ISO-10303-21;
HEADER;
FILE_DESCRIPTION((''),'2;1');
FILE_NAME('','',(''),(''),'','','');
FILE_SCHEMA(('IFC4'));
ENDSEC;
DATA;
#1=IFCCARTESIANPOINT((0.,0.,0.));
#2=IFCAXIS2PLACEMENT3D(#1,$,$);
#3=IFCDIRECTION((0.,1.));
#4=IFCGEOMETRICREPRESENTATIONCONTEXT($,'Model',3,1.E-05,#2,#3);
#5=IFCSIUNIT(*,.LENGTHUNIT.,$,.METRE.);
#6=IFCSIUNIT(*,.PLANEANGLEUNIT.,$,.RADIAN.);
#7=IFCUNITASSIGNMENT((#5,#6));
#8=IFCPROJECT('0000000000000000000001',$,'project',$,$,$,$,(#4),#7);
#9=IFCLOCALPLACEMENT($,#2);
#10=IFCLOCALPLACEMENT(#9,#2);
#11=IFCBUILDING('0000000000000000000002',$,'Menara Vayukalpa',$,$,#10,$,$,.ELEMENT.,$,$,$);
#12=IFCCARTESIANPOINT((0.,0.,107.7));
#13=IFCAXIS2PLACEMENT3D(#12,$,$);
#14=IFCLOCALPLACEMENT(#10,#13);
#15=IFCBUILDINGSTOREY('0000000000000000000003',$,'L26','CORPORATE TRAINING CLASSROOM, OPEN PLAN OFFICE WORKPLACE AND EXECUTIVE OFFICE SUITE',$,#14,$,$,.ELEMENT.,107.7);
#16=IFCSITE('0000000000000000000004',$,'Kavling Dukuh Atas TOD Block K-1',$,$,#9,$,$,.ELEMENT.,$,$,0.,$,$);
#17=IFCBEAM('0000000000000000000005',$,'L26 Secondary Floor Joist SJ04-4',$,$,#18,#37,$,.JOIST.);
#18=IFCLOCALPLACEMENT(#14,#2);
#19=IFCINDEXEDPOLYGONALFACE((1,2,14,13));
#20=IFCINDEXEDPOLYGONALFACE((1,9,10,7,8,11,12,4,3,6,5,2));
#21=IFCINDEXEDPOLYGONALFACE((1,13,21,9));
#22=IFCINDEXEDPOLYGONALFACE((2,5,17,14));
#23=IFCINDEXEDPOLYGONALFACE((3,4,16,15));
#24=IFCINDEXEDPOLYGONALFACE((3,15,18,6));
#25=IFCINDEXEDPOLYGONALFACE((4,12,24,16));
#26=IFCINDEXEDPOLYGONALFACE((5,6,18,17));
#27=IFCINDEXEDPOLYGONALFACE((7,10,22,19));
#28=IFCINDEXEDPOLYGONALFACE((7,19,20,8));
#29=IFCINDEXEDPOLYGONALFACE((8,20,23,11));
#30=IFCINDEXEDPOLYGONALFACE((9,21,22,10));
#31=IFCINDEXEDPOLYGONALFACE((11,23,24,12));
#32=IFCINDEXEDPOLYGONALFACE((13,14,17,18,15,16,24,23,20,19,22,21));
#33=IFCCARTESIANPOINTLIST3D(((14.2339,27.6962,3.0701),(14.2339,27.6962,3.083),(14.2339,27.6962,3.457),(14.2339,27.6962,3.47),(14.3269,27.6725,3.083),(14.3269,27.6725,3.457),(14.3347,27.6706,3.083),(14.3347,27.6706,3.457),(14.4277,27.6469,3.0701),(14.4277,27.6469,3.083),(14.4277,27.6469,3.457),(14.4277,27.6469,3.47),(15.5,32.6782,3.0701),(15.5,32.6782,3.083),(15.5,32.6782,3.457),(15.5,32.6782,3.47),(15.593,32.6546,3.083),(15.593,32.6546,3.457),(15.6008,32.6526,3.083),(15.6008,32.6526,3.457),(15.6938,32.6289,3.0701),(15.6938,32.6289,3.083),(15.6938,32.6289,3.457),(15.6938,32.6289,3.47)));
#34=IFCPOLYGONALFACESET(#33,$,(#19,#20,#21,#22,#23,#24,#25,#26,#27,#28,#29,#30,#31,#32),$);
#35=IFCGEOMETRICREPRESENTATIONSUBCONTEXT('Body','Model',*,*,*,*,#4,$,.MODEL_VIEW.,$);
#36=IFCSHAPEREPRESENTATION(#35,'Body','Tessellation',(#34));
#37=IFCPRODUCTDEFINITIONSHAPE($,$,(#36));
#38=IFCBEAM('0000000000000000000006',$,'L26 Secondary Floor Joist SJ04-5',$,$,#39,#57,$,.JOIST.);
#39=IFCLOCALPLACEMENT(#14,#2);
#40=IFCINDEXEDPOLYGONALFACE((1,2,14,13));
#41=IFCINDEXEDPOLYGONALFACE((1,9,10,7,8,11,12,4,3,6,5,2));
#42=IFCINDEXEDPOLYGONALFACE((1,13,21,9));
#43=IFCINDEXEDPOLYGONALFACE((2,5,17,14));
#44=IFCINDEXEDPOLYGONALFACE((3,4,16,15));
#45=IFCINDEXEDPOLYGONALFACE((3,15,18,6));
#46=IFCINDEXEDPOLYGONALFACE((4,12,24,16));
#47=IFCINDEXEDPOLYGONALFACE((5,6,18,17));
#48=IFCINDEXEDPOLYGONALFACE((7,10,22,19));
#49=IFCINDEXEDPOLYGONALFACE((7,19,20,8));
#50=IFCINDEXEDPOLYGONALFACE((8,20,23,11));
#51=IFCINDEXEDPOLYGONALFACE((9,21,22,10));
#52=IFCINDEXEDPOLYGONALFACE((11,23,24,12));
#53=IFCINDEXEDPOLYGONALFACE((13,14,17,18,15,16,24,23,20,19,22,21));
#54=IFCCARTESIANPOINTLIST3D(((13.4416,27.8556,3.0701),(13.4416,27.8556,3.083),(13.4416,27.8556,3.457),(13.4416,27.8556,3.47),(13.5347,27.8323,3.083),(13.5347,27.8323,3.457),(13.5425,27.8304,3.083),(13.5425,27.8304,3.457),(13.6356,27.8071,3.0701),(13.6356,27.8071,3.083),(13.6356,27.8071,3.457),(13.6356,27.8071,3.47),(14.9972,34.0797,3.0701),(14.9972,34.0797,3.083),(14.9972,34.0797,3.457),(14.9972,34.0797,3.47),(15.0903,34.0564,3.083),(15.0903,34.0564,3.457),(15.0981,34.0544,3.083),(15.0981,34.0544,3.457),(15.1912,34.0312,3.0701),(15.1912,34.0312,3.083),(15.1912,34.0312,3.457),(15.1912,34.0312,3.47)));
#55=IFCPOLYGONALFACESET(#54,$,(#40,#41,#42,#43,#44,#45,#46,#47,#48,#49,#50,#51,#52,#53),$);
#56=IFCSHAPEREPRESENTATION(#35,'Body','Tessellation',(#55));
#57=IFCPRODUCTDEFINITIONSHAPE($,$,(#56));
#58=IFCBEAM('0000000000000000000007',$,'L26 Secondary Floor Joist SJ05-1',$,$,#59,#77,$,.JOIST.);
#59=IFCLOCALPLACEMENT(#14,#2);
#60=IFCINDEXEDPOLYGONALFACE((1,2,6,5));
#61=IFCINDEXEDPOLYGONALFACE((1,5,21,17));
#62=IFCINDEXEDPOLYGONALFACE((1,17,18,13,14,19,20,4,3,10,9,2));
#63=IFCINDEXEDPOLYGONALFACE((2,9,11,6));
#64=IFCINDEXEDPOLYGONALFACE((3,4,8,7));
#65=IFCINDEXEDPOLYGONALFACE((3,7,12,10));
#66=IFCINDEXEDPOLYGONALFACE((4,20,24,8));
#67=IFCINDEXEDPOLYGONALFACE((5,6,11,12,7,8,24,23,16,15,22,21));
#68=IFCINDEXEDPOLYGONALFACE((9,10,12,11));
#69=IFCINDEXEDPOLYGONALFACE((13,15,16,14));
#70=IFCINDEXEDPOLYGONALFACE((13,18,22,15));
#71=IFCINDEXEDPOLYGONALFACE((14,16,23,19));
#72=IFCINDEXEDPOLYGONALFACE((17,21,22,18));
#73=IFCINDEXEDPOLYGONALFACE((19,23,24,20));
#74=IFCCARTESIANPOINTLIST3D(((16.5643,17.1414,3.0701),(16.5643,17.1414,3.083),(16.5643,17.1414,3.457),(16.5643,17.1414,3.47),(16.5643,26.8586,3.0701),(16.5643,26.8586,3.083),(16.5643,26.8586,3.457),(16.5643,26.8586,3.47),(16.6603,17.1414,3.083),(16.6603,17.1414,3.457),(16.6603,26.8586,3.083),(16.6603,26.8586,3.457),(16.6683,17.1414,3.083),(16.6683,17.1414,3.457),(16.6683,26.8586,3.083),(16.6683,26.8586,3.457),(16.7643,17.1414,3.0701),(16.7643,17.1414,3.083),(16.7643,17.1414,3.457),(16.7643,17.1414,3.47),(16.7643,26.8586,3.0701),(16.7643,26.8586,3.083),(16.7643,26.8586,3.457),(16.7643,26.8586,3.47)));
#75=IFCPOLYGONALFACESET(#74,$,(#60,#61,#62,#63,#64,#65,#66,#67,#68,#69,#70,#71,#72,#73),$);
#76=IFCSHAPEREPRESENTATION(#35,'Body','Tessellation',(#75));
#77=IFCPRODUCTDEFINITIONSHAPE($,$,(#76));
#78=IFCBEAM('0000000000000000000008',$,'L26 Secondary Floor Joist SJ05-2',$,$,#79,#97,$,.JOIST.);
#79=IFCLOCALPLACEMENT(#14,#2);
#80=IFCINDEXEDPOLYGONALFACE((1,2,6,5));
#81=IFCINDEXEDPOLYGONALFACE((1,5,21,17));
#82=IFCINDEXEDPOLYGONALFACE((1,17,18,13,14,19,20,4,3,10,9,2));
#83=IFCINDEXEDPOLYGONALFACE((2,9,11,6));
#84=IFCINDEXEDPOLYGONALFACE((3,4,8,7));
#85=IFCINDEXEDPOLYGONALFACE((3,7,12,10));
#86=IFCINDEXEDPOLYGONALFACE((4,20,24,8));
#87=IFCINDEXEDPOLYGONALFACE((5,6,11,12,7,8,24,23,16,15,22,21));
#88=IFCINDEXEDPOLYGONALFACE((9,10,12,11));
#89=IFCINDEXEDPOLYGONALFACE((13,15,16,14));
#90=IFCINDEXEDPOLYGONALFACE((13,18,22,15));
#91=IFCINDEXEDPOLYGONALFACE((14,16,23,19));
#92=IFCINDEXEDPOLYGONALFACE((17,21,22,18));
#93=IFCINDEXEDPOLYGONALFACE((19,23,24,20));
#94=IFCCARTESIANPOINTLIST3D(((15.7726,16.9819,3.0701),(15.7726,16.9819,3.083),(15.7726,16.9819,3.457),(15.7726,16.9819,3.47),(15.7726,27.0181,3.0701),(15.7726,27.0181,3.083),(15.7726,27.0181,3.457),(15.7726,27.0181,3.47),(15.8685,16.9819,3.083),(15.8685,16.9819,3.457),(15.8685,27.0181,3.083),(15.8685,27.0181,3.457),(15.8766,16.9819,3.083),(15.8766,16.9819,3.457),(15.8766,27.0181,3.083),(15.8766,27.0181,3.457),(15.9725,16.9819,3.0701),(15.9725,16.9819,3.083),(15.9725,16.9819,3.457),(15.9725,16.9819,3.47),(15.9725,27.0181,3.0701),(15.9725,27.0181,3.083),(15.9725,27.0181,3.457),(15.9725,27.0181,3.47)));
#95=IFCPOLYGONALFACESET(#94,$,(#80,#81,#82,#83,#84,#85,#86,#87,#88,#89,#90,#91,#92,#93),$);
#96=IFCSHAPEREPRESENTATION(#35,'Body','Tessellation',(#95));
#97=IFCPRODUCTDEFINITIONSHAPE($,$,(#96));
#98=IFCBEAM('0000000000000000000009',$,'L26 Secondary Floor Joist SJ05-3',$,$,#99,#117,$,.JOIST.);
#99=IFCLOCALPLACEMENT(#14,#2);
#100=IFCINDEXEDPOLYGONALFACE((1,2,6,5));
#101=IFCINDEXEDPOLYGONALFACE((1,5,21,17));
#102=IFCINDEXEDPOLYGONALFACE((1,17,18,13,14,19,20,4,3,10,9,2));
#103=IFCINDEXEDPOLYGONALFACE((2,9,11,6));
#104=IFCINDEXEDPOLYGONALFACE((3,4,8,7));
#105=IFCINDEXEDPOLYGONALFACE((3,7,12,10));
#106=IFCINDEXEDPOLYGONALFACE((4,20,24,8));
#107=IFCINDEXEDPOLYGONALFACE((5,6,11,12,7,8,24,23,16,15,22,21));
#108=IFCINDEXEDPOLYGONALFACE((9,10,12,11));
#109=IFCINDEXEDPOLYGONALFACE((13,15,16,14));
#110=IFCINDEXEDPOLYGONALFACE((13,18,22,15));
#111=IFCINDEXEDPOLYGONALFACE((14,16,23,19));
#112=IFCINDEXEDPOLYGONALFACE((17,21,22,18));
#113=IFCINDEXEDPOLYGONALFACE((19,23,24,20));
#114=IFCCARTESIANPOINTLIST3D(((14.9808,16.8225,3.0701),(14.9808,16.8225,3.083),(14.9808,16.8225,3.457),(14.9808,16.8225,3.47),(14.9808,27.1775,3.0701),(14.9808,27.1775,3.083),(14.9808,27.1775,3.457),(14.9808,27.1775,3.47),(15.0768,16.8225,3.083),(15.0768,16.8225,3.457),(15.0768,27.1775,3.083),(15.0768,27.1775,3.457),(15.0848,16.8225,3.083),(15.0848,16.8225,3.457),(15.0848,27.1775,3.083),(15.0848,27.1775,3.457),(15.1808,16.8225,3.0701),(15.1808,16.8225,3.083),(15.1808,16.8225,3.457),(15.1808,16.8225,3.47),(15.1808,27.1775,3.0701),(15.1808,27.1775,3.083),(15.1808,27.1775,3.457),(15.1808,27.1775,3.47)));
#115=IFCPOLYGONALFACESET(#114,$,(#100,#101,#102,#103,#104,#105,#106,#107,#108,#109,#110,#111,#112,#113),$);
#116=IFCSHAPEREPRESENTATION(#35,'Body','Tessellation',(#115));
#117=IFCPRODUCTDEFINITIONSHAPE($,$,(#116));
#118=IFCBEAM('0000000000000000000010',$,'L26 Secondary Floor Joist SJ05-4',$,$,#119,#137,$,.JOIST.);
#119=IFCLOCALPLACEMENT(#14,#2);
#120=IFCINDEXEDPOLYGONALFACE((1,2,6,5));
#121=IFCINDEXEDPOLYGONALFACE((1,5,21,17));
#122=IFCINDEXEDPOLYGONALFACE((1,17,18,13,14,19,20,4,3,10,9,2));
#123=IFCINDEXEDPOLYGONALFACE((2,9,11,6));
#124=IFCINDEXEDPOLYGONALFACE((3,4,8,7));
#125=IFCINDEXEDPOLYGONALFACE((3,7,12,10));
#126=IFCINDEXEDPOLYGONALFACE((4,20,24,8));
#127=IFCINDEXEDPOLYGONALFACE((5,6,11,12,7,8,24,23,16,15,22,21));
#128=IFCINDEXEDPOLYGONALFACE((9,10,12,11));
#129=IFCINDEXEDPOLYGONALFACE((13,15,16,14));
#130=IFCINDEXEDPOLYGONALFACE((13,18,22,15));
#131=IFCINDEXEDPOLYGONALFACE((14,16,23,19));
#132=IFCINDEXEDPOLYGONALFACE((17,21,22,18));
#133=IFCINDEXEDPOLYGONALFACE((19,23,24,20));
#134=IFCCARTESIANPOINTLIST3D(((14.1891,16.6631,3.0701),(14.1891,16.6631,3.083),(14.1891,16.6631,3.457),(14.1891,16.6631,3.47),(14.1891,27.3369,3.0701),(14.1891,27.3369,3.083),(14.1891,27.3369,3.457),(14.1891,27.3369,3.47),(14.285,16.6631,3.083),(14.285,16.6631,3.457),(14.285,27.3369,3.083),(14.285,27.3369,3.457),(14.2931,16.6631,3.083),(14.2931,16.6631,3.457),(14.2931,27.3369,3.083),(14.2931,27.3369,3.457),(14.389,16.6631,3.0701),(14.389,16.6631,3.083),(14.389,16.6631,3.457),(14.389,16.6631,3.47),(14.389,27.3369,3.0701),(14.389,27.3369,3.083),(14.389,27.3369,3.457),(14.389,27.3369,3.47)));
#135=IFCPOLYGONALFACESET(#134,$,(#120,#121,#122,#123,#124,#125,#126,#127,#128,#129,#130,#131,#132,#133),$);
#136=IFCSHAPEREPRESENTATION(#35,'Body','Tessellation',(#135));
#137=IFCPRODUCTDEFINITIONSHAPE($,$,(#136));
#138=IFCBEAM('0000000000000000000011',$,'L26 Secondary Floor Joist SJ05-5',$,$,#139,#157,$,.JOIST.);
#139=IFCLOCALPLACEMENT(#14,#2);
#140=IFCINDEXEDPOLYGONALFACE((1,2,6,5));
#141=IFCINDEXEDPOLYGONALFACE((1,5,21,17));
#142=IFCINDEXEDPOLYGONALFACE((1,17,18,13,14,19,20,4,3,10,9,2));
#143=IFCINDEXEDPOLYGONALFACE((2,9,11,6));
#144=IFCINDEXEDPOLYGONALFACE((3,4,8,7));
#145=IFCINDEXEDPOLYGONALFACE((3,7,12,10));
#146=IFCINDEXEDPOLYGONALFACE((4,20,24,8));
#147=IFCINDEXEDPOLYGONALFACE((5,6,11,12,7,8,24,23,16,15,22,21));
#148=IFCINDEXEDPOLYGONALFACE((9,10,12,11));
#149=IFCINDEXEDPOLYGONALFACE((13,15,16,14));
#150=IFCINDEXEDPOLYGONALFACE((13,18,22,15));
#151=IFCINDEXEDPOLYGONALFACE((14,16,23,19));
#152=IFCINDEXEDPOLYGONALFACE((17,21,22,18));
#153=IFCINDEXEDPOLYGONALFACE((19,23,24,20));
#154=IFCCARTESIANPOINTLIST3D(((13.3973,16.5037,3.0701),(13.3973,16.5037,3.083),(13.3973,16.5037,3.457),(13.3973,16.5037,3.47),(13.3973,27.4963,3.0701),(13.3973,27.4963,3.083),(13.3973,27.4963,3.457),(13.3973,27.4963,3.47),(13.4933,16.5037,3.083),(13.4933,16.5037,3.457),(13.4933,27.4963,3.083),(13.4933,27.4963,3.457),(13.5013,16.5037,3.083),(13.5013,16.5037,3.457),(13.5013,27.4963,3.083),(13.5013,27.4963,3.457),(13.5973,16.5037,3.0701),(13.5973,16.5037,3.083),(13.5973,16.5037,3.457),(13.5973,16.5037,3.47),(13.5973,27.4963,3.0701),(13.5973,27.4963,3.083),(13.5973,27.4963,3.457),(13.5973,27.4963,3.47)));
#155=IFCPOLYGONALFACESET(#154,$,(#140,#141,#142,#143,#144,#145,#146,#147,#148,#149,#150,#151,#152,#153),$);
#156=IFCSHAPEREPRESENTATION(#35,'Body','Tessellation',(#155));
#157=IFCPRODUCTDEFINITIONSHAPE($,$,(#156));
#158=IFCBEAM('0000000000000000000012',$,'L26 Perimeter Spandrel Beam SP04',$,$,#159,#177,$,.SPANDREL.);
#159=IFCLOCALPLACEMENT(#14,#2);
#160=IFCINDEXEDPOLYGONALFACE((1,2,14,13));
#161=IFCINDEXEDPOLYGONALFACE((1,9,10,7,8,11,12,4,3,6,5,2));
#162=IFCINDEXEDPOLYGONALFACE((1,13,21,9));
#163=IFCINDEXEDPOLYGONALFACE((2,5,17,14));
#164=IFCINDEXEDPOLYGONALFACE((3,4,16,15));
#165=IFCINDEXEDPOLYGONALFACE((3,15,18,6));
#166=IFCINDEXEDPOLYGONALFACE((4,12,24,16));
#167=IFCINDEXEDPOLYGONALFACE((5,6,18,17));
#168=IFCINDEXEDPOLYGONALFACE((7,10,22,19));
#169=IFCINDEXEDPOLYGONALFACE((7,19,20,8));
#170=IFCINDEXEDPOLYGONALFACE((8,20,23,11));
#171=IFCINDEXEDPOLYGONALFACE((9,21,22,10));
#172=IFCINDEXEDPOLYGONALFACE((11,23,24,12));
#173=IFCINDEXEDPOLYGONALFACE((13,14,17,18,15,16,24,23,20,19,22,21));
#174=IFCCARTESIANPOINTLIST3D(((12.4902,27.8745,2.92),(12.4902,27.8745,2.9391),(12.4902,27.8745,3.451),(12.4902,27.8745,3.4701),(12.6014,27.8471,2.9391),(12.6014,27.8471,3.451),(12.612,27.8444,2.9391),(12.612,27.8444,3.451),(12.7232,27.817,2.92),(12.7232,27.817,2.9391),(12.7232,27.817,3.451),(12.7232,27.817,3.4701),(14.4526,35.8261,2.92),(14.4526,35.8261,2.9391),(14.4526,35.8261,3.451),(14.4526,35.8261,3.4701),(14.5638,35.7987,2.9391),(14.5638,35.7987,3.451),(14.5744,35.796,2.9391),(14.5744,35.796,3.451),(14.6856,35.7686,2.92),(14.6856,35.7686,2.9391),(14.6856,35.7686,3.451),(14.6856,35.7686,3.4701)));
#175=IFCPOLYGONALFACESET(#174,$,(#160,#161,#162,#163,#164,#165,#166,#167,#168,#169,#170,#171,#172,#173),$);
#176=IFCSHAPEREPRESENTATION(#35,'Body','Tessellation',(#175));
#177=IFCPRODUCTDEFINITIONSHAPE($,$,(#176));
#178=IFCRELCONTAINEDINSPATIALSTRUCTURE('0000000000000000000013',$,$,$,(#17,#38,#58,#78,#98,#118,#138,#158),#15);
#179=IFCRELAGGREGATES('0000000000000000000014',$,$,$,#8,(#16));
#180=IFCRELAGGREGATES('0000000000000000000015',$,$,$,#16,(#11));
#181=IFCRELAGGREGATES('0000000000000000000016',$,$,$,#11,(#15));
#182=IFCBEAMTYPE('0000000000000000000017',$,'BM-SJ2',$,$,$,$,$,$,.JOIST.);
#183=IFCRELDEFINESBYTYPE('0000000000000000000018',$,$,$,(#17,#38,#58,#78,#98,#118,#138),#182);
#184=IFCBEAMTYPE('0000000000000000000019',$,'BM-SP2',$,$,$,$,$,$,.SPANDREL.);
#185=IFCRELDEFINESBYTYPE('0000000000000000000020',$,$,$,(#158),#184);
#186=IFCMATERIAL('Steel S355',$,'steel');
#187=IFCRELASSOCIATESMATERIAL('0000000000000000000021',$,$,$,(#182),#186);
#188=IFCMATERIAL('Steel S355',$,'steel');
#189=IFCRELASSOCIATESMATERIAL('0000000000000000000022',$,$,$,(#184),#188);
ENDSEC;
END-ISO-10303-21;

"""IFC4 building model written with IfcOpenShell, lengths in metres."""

from ifc_helpers import new_model, si_unit, direction, frame, origin, origin_2d, place, context, subcontext, project, spatial, i_section, extrude, material, material_profile, profile_set, type_object, element, save


model = new_model("IFC4")

# Units and contexts
model_context = context("Model", 3, precision=1e-05, world=origin(), true_north=direction((0.0, 1.0)))
body_context = subcontext(model_context, "Body", "Model", "MODEL_VIEW")
ifc_project = project(units=[si_unit("LENGTHUNIT", "METRE"), si_unit("PLANEANGLEUNIT", "RADIAN")], contexts=[model_context])

# Site, building, storey
site_placement = place(None, origin())
site = spatial("IfcSite", under=ifc_project, at=site_placement, Name="Kavling Dukuh Atas TOD Block K-1", CompositionType="ELEMENT", RefElevation=0.0)
building_placement = place(site_placement, origin())
building = spatial("IfcBuilding", under=site, at=building_placement, Name="Menara Vayukalpa", CompositionType="ELEMENT")
storey_placement = place(building_placement, frame((0.0, 0.0, 107.7)))
storey = spatial("IfcBuildingStorey", under=building, at=storey_placement, Name="L26", Description="CORPORATE TRAINING CLASSROOM, OPEN PLAN OFFICE WORKPLACE AND EXECUTIVE OFFICE SUITE", CompositionType="ELEMENT", Elevation=107.7)

# Beams
ifc_material_1 = material(Name="Steel S355", Category="steel")
ifc_material_profile_1 = material_profile(ifc_material_1, i_section(OverallWidth=0.2, OverallDepth=0.3999, WebThickness=0.0081, FlangeThickness=0.0129, at=origin_2d()), Name="WF 400x200x8x13")
ifc_profile_set_1 = profile_set([ifc_material_profile_1], Name="Steel S355")
beam_type_1 = type_object("IfcBeamType", Name="BM-SJ2", PredefinedType="JOIST", material=ifc_profile_set_1)
beam_1_placement = place(storey_placement, frame((15.5969, 32.6536, 3.27), z_axis=(-0.246311, -0.969191, 0.0), x_axis=(0.969191, -0.246311, 0.0)))
element("IfcBeam", 1, at=beam_1_placement, inside=storey, type_object=beam_type_1, Name="L26 Secondary Floor Joist SJ04-4", PredefinedType="JOIST", context=body_context, shape_type="SweptSolid", body=[
    extrude(i_section(OverallWidth=0.2, OverallDepth=0.3999, WebThickness=0.0081, FlangeThickness=0.0129, at=origin_2d()), origin(), (0.0, 0.0, 1.0), 5.1404),
])
beam_2_placement = place(storey_placement, frame((15.0942, 34.0554, 3.27), z_axis=(-0.242482, -0.970156, 0.0), x_axis=(0.970156, -0.242482, 0.0)))
element("IfcBeam", 2, at=beam_2_placement, inside=storey, type_object=beam_type_1, Name="L26 Secondary Floor Joist SJ04-5", PredefinedType="JOIST", context=body_context, shape_type="SweptSolid", body=[
    extrude(i_section(OverallWidth=0.2, OverallDepth=0.3999, WebThickness=0.0081, FlangeThickness=0.0129, at=origin_2d()), origin(), (0.0, 0.0, 1.0), 6.4155),
])
beam_3_placement = place(storey_placement, frame((16.6643, 26.8586, 3.27), z_axis=(0.0, -1.0, 0.0), x_axis=(1.0, 0.0, 0.0)))
element("IfcBeam", 3, at=beam_3_placement, inside=storey, type_object=beam_type_1, Name="L26 Secondary Floor Joist SJ05-1", PredefinedType="JOIST", context=body_context, shape_type="SweptSolid", body=[
    extrude(i_section(OverallWidth=0.2, OverallDepth=0.3999, WebThickness=0.0081, FlangeThickness=0.0129, at=origin_2d()), origin(), (0.0, 0.0, 1.0), 9.7173),
])
beam_4_placement = place(storey_placement, frame((15.8726, 27.0181, 3.27), z_axis=(0.0, -1.0, 0.0), x_axis=(1.0, 0.0, 0.0)))
element("IfcBeam", 4, at=beam_4_placement, inside=storey, type_object=beam_type_1, Name="L26 Secondary Floor Joist SJ05-2", PredefinedType="JOIST", context=body_context, shape_type="SweptSolid", body=[
    extrude(i_section(OverallWidth=0.2, OverallDepth=0.3999, WebThickness=0.0081, FlangeThickness=0.0129, at=origin_2d()), origin(), (0.0, 0.0, 1.0), 10.0361),
])
beam_5_placement = place(storey_placement, frame((15.0808, 27.1775, 3.27), z_axis=(0.0, -1.0, 0.0), x_axis=(1.0, 0.0, 0.0)))
element("IfcBeam", 5, at=beam_5_placement, inside=storey, type_object=beam_type_1, Name="L26 Secondary Floor Joist SJ05-3", PredefinedType="JOIST", context=body_context, shape_type="SweptSolid", body=[
    extrude(i_section(OverallWidth=0.2, OverallDepth=0.3999, WebThickness=0.0081, FlangeThickness=0.0129, at=origin_2d()), origin(), (0.0, 0.0, 1.0), 10.355),
])
beam_6_placement = place(storey_placement, frame((14.2891, 27.3369, 3.27), z_axis=(0.0, -1.0, 0.0), x_axis=(1.0, 0.0, 0.0)))
element("IfcBeam", 6, at=beam_6_placement, inside=storey, type_object=beam_type_1, Name="L26 Secondary Floor Joist SJ05-4", PredefinedType="JOIST", context=body_context, shape_type="SweptSolid", body=[
    extrude(i_section(OverallWidth=0.2, OverallDepth=0.3999, WebThickness=0.0081, FlangeThickness=0.0129, at=origin_2d()), origin(), (0.0, 0.0, 1.0), 10.6738),
])
beam_7_placement = place(storey_placement, frame((13.4973, 27.4963, 3.27), z_axis=(0.0, -1.0, 0.0), x_axis=(1.0, 0.0, 0.0)))
element("IfcBeam", 7, at=beam_7_placement, inside=storey, type_object=beam_type_1, Name="L26 Secondary Floor Joist SJ05-5", PredefinedType="JOIST", context=body_context, shape_type="SweptSolid", body=[
    extrude(i_section(OverallWidth=0.2, OverallDepth=0.3999, WebThickness=0.0081, FlangeThickness=0.0129, at=origin_2d()), origin(), (0.0, 0.0, 1.0), 10.9927),
])
ifc_material_2 = material(Name="Steel S355", Category="steel")
ifc_material_profile_2 = material_profile(ifc_material_2, i_section(OverallWidth=0.24, OverallDepth=0.55, WebThickness=0.011, FlangeThickness=0.019, at=origin_2d()), Name="WF 550x240x11x19")
ifc_profile_set_2 = profile_set([ifc_material_profile_2], Name="Steel S355")
beam_type_2 = type_object("IfcBeamType", Name="BM-SP2", PredefinedType="SPANDREL", material=ifc_profile_set_2)
beam_8_placement = place(storey_placement, frame((14.5691, 35.7974, 3.1951), z_axis=(-0.239603, -0.970871, 0.0), x_axis=(0.970871, -0.239603, 0.0)))
element("IfcBeam", 8, at=beam_8_placement, inside=storey, type_object=beam_type_2, Name="L26 Perimeter Spandrel Beam SP04", PredefinedType="SPANDREL", context=body_context, shape_type="SweptSolid", body=[
    extrude(i_section(OverallWidth=0.24, OverallDepth=0.55, WebThickness=0.011, FlangeThickness=0.019, at=origin_2d()), origin(), (0.0, 0.0, 1.0), 8.1902),
])

save(model, "model.ifc")
